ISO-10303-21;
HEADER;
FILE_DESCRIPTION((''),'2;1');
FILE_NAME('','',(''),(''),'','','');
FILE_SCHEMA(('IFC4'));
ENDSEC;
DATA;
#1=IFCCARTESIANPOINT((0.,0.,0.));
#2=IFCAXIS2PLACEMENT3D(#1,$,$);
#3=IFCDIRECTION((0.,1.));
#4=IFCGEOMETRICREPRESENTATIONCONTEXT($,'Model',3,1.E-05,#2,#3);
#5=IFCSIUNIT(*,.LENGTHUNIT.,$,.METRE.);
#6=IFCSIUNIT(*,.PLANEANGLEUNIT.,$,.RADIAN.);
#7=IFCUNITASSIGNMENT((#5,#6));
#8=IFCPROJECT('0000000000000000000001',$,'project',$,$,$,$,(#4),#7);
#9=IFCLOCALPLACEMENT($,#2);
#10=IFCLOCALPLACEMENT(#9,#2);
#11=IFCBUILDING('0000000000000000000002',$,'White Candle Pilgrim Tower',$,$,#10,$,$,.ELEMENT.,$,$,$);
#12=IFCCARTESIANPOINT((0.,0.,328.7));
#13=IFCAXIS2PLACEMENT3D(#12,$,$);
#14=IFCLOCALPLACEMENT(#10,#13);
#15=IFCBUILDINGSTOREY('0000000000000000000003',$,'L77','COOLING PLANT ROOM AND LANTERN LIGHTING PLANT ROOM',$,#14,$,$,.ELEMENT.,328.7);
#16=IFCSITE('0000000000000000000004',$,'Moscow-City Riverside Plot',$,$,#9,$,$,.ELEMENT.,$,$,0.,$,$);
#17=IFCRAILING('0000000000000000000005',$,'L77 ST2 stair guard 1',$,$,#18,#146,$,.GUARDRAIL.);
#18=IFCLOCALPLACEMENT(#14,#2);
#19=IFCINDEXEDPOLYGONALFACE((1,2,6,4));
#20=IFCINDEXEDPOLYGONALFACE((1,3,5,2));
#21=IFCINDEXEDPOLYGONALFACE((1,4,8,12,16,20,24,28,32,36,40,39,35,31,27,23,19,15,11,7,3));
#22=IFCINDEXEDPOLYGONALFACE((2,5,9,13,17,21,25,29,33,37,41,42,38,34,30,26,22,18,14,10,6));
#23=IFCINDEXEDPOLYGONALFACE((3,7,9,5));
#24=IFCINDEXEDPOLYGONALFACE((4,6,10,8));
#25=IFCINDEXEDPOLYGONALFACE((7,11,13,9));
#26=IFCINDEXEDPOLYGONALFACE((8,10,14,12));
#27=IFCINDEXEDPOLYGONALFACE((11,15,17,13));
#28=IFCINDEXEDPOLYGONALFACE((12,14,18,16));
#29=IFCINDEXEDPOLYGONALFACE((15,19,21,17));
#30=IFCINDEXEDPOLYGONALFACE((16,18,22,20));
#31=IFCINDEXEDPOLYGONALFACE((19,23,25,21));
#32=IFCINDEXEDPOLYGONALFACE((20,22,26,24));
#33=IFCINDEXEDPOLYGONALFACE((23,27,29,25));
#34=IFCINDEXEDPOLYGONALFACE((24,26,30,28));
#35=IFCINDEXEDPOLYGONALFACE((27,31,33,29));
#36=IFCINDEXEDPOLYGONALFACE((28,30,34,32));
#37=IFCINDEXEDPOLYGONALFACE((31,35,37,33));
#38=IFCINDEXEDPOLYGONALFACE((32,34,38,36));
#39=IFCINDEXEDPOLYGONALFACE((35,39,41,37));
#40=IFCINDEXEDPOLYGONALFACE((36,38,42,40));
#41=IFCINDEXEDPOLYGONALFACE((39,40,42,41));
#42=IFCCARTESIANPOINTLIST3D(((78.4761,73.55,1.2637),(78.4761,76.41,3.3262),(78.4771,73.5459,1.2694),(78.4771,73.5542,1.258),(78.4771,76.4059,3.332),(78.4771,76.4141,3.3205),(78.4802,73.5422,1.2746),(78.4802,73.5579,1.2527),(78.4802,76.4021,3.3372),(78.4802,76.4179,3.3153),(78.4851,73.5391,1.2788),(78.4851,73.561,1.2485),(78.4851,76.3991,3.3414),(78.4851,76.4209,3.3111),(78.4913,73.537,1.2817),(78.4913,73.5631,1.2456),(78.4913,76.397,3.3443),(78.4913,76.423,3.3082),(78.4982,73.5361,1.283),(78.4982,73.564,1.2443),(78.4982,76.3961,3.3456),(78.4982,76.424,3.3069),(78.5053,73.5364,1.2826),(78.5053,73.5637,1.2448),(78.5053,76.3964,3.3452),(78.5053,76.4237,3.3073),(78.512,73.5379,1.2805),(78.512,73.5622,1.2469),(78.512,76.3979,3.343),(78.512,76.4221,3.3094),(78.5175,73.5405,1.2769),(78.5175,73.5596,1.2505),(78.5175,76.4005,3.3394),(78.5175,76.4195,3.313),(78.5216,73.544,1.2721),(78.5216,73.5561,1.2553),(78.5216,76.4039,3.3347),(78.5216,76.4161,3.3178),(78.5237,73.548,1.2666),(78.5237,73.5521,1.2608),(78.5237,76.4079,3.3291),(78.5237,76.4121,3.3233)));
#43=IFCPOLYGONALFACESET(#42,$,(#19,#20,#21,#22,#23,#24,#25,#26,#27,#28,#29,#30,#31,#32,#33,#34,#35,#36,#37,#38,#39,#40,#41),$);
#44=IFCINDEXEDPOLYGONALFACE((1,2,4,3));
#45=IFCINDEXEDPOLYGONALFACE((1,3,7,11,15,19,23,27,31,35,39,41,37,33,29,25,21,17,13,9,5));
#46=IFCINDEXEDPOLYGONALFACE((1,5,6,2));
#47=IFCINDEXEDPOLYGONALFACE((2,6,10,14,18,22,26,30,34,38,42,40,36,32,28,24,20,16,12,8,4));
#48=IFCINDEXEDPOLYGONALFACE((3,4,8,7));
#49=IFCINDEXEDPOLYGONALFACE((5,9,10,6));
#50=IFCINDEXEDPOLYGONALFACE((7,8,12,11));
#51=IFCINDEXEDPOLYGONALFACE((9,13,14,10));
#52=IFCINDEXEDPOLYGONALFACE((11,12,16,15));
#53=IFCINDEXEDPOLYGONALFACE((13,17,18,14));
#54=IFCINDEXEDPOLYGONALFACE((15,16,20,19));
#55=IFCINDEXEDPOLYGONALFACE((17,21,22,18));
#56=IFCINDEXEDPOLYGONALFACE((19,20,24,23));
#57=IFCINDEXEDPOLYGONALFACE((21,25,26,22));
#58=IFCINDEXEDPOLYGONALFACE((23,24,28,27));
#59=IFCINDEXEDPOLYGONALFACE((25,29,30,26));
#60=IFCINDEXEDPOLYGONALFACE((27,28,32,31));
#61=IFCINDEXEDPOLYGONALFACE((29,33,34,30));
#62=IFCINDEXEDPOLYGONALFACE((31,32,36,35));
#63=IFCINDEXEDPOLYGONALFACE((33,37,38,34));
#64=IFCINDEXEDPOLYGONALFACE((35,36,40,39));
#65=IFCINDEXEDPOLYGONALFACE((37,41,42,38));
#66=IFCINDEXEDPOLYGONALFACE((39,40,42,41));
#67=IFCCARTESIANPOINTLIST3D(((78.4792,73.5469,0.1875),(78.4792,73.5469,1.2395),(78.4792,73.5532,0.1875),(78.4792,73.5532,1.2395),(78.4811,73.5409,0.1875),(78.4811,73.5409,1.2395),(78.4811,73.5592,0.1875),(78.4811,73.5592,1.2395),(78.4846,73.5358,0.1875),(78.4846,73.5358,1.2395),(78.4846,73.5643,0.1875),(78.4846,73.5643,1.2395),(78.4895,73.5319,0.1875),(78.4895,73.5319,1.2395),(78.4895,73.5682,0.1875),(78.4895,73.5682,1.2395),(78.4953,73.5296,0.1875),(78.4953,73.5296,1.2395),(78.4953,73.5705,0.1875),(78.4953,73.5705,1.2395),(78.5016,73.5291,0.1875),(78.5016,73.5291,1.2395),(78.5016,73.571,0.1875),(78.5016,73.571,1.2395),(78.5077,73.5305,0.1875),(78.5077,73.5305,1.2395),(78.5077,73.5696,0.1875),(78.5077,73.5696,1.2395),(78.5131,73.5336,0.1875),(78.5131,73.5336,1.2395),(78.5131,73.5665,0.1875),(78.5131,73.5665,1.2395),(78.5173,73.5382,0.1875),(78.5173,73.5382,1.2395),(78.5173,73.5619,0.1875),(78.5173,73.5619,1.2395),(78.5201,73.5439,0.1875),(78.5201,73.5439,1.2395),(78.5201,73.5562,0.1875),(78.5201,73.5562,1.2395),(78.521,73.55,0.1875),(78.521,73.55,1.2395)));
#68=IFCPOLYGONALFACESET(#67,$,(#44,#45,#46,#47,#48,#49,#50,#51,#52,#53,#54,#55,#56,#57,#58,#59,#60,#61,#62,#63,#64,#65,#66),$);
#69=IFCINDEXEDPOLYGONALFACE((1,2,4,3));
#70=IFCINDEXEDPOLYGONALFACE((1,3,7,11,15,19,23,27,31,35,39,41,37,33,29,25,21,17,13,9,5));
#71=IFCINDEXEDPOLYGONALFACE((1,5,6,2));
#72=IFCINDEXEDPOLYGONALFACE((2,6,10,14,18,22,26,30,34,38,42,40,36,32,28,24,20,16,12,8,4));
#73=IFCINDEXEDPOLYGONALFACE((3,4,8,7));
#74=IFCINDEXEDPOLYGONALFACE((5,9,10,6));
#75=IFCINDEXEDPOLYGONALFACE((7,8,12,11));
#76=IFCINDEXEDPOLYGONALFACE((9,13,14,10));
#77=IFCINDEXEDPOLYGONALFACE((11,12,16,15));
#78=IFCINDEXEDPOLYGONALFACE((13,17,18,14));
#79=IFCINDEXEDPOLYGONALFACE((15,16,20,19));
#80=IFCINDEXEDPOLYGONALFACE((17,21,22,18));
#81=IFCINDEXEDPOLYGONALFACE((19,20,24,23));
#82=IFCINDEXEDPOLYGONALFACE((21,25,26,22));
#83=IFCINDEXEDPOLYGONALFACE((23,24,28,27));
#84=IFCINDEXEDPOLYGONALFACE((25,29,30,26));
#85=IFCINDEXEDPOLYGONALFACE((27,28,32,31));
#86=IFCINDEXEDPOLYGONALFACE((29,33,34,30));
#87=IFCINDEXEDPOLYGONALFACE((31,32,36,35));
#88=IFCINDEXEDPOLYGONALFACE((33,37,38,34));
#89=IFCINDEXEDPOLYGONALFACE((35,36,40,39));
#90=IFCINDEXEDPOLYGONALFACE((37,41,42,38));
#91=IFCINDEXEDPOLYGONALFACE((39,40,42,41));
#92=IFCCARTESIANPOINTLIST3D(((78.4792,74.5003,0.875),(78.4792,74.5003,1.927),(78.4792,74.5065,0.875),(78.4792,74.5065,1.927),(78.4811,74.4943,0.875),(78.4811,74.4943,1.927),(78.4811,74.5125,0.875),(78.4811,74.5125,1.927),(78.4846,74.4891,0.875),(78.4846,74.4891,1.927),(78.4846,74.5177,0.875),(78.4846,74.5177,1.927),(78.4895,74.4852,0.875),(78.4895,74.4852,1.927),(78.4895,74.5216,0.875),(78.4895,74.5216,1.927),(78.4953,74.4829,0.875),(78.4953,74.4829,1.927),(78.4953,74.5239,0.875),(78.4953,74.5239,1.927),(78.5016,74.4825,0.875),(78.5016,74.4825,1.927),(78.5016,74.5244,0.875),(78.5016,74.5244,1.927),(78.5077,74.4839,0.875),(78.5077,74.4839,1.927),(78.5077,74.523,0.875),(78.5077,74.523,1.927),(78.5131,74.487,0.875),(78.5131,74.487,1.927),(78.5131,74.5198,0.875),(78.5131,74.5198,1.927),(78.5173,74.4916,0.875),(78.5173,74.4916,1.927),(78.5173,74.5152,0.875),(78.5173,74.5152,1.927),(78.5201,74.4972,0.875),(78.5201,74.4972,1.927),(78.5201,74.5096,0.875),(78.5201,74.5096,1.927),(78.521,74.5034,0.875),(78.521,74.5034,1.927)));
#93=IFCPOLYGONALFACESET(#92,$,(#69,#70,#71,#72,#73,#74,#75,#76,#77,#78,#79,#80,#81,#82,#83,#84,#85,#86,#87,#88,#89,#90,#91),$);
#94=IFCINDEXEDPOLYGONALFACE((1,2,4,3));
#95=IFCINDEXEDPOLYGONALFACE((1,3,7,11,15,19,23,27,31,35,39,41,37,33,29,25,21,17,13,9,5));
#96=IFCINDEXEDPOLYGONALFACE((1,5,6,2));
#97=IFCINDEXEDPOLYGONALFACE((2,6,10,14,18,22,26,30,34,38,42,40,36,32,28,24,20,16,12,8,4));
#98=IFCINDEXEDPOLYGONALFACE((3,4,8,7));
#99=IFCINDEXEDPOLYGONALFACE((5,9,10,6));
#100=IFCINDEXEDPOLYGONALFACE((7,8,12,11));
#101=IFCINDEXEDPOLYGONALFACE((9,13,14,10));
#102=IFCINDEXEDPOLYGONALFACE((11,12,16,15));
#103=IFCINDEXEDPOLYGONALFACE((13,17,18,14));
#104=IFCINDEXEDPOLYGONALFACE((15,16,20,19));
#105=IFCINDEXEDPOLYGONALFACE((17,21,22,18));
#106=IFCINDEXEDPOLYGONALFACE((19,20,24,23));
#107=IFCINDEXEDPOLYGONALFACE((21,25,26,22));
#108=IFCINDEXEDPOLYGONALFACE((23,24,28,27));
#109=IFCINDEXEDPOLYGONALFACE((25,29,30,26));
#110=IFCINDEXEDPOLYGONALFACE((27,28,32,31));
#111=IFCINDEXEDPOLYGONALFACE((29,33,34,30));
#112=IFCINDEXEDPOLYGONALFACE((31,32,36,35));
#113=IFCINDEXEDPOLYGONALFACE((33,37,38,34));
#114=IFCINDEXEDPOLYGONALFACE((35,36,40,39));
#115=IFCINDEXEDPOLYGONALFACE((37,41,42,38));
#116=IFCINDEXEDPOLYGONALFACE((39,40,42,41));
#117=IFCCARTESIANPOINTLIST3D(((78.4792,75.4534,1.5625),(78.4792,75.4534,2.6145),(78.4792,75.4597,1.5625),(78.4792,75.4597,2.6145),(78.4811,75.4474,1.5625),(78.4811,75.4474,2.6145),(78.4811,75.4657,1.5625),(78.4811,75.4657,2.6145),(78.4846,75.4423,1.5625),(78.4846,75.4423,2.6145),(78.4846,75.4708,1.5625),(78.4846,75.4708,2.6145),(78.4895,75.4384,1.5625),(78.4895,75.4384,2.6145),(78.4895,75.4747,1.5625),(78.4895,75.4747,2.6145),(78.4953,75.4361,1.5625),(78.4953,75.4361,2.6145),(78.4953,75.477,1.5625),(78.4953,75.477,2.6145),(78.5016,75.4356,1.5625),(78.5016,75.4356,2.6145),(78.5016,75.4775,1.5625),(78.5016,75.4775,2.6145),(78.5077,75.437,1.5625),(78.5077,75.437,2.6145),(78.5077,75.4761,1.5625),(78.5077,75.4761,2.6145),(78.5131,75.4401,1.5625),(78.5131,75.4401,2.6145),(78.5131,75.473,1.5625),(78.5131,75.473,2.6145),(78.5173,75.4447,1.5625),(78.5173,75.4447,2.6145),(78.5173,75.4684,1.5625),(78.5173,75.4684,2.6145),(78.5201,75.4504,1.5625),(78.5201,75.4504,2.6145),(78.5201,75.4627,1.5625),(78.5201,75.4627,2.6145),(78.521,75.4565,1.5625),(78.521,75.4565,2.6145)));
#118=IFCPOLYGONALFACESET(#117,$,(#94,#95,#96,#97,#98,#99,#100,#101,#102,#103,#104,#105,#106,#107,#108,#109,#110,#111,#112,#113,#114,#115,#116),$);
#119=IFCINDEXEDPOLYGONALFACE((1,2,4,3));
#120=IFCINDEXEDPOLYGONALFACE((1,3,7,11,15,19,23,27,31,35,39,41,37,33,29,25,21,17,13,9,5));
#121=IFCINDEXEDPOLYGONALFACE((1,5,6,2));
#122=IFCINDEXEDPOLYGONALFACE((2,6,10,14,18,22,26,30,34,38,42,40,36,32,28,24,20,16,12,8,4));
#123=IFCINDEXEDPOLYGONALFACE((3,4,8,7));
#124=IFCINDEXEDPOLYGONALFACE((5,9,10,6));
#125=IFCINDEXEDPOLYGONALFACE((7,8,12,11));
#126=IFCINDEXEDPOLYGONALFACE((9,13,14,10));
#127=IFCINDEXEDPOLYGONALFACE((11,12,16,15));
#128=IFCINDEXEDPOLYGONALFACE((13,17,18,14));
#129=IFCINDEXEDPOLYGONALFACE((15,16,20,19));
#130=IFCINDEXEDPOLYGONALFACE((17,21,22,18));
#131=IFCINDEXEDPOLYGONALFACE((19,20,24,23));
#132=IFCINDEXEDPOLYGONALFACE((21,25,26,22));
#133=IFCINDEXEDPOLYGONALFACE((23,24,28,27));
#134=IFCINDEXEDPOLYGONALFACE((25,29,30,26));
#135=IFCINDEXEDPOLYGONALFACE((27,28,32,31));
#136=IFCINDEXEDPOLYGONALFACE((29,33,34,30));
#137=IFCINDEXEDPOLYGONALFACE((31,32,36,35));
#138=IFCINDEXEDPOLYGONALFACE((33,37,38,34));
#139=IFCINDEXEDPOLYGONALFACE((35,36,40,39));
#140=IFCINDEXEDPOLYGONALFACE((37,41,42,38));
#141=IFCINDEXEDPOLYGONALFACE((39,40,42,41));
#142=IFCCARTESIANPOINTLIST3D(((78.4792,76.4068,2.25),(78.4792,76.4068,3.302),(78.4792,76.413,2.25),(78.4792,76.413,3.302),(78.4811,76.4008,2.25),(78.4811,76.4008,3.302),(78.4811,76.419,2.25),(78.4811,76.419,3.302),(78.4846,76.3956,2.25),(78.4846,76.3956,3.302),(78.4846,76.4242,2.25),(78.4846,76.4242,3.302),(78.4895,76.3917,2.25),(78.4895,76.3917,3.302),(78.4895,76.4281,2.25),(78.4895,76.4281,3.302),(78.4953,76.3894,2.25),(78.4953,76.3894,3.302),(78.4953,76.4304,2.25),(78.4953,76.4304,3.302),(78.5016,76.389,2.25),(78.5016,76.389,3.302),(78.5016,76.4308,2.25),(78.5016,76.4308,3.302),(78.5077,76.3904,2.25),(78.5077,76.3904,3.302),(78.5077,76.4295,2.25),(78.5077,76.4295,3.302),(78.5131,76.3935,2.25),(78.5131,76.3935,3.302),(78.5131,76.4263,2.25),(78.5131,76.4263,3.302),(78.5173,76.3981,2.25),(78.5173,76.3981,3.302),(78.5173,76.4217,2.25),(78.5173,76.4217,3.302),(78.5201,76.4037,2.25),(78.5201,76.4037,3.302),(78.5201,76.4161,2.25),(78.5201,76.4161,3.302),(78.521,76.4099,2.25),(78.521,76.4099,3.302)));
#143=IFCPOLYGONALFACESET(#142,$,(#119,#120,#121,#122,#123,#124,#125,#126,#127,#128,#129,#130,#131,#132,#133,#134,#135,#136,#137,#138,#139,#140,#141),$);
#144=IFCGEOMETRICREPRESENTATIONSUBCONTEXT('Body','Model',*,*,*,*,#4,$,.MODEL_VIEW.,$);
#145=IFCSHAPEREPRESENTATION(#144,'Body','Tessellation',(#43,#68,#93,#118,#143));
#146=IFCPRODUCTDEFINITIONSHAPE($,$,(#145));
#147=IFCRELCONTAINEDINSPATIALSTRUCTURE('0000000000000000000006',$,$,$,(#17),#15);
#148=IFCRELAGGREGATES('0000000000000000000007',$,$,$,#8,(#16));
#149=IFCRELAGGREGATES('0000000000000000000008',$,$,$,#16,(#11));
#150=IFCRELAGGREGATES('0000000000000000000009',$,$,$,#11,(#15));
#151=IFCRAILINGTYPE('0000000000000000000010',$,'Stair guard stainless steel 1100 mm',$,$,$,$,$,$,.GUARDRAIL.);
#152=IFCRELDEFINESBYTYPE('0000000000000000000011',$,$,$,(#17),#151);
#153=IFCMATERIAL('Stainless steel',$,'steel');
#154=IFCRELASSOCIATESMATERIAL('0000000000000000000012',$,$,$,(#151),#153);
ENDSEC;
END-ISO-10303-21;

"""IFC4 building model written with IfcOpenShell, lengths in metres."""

from ifc_helpers import new_model, si_unit, direction, frame, origin, origin_2d, place, context, subcontext, project, spatial, circle, extrude, material, type_object, element, save


model = new_model("IFC4")

# Units and contexts
model_context = context("Model", 3, precision=1e-05, world=origin(), true_north=direction((0.0, 1.0)))
body_context = subcontext(model_context, "Body", "Model", "MODEL_VIEW")
ifc_project = project(units=[si_unit("LENGTHUNIT", "METRE"), si_unit("PLANEANGLEUNIT", "RADIAN")], contexts=[model_context])

# Site, building, storey
site_placement = place(None, origin())
site = spatial("IfcSite", under=ifc_project, at=site_placement, Name="Moscow-City Riverside Plot", CompositionType="ELEMENT", RefElevation=0.0)
building_placement = place(site_placement, origin())
building = spatial("IfcBuilding", under=site, at=building_placement, Name="White Candle Pilgrim Tower", CompositionType="ELEMENT")
storey_placement = place(building_placement, frame((0.0, 0.0, 328.7)))
storey = spatial("IfcBuildingStorey", under=building, at=storey_placement, Name="L77", Description="COOLING PLANT ROOM AND LANTERN LIGHTING PLANT ROOM", CompositionType="ELEMENT", Elevation=328.7)

# Railing
ifc_material_1 = material(Name="Stainless steel", Category="steel")
railing_type_1 = type_object("IfcRailingType", Name="Stair guard stainless steel 1100 mm", PredefinedType="GUARDRAIL", material=ifc_material_1)
railing_1_placement = place(storey_placement, frame((78.5, 73.55, 0.1875)))
element("IfcRailing", 1, at=railing_1_placement, inside=storey, type_object=railing_type_1, Name="L77 ST2 stair guard 1", PredefinedType="GUARDRAIL", context=body_context, shape_type="SweptSolid", body=[
    extrude(circle(Radius=0.0239, at=origin_2d()), frame((0.0, 0.0, 1.0762), z_axis=(0.0, 0.811077, 0.584939), x_axis=(-1.0, 0.0, 0.0)), (0.0, 0.0, 1.0), 3.5261),
    extrude(circle(Radius=0.021, at=origin_2d()), origin(), (0.0, 0.0, 1.0), 1.052),
    extrude(circle(Radius=0.021, at=origin_2d()), frame((0.0, 0.9534, 0.6875)), (0.0, 0.0, 1.0), 1.052),
    extrude(circle(Radius=0.021, at=origin_2d()), frame((0.0, 1.9065, 1.375)), (0.0, 0.0, 1.0), 1.052),
    extrude(circle(Radius=0.021, at=origin_2d()), frame((0.0, 2.8599, 2.0625)), (0.0, 0.0, 1.0), 1.052),
])

save(model, "model.ifc")
